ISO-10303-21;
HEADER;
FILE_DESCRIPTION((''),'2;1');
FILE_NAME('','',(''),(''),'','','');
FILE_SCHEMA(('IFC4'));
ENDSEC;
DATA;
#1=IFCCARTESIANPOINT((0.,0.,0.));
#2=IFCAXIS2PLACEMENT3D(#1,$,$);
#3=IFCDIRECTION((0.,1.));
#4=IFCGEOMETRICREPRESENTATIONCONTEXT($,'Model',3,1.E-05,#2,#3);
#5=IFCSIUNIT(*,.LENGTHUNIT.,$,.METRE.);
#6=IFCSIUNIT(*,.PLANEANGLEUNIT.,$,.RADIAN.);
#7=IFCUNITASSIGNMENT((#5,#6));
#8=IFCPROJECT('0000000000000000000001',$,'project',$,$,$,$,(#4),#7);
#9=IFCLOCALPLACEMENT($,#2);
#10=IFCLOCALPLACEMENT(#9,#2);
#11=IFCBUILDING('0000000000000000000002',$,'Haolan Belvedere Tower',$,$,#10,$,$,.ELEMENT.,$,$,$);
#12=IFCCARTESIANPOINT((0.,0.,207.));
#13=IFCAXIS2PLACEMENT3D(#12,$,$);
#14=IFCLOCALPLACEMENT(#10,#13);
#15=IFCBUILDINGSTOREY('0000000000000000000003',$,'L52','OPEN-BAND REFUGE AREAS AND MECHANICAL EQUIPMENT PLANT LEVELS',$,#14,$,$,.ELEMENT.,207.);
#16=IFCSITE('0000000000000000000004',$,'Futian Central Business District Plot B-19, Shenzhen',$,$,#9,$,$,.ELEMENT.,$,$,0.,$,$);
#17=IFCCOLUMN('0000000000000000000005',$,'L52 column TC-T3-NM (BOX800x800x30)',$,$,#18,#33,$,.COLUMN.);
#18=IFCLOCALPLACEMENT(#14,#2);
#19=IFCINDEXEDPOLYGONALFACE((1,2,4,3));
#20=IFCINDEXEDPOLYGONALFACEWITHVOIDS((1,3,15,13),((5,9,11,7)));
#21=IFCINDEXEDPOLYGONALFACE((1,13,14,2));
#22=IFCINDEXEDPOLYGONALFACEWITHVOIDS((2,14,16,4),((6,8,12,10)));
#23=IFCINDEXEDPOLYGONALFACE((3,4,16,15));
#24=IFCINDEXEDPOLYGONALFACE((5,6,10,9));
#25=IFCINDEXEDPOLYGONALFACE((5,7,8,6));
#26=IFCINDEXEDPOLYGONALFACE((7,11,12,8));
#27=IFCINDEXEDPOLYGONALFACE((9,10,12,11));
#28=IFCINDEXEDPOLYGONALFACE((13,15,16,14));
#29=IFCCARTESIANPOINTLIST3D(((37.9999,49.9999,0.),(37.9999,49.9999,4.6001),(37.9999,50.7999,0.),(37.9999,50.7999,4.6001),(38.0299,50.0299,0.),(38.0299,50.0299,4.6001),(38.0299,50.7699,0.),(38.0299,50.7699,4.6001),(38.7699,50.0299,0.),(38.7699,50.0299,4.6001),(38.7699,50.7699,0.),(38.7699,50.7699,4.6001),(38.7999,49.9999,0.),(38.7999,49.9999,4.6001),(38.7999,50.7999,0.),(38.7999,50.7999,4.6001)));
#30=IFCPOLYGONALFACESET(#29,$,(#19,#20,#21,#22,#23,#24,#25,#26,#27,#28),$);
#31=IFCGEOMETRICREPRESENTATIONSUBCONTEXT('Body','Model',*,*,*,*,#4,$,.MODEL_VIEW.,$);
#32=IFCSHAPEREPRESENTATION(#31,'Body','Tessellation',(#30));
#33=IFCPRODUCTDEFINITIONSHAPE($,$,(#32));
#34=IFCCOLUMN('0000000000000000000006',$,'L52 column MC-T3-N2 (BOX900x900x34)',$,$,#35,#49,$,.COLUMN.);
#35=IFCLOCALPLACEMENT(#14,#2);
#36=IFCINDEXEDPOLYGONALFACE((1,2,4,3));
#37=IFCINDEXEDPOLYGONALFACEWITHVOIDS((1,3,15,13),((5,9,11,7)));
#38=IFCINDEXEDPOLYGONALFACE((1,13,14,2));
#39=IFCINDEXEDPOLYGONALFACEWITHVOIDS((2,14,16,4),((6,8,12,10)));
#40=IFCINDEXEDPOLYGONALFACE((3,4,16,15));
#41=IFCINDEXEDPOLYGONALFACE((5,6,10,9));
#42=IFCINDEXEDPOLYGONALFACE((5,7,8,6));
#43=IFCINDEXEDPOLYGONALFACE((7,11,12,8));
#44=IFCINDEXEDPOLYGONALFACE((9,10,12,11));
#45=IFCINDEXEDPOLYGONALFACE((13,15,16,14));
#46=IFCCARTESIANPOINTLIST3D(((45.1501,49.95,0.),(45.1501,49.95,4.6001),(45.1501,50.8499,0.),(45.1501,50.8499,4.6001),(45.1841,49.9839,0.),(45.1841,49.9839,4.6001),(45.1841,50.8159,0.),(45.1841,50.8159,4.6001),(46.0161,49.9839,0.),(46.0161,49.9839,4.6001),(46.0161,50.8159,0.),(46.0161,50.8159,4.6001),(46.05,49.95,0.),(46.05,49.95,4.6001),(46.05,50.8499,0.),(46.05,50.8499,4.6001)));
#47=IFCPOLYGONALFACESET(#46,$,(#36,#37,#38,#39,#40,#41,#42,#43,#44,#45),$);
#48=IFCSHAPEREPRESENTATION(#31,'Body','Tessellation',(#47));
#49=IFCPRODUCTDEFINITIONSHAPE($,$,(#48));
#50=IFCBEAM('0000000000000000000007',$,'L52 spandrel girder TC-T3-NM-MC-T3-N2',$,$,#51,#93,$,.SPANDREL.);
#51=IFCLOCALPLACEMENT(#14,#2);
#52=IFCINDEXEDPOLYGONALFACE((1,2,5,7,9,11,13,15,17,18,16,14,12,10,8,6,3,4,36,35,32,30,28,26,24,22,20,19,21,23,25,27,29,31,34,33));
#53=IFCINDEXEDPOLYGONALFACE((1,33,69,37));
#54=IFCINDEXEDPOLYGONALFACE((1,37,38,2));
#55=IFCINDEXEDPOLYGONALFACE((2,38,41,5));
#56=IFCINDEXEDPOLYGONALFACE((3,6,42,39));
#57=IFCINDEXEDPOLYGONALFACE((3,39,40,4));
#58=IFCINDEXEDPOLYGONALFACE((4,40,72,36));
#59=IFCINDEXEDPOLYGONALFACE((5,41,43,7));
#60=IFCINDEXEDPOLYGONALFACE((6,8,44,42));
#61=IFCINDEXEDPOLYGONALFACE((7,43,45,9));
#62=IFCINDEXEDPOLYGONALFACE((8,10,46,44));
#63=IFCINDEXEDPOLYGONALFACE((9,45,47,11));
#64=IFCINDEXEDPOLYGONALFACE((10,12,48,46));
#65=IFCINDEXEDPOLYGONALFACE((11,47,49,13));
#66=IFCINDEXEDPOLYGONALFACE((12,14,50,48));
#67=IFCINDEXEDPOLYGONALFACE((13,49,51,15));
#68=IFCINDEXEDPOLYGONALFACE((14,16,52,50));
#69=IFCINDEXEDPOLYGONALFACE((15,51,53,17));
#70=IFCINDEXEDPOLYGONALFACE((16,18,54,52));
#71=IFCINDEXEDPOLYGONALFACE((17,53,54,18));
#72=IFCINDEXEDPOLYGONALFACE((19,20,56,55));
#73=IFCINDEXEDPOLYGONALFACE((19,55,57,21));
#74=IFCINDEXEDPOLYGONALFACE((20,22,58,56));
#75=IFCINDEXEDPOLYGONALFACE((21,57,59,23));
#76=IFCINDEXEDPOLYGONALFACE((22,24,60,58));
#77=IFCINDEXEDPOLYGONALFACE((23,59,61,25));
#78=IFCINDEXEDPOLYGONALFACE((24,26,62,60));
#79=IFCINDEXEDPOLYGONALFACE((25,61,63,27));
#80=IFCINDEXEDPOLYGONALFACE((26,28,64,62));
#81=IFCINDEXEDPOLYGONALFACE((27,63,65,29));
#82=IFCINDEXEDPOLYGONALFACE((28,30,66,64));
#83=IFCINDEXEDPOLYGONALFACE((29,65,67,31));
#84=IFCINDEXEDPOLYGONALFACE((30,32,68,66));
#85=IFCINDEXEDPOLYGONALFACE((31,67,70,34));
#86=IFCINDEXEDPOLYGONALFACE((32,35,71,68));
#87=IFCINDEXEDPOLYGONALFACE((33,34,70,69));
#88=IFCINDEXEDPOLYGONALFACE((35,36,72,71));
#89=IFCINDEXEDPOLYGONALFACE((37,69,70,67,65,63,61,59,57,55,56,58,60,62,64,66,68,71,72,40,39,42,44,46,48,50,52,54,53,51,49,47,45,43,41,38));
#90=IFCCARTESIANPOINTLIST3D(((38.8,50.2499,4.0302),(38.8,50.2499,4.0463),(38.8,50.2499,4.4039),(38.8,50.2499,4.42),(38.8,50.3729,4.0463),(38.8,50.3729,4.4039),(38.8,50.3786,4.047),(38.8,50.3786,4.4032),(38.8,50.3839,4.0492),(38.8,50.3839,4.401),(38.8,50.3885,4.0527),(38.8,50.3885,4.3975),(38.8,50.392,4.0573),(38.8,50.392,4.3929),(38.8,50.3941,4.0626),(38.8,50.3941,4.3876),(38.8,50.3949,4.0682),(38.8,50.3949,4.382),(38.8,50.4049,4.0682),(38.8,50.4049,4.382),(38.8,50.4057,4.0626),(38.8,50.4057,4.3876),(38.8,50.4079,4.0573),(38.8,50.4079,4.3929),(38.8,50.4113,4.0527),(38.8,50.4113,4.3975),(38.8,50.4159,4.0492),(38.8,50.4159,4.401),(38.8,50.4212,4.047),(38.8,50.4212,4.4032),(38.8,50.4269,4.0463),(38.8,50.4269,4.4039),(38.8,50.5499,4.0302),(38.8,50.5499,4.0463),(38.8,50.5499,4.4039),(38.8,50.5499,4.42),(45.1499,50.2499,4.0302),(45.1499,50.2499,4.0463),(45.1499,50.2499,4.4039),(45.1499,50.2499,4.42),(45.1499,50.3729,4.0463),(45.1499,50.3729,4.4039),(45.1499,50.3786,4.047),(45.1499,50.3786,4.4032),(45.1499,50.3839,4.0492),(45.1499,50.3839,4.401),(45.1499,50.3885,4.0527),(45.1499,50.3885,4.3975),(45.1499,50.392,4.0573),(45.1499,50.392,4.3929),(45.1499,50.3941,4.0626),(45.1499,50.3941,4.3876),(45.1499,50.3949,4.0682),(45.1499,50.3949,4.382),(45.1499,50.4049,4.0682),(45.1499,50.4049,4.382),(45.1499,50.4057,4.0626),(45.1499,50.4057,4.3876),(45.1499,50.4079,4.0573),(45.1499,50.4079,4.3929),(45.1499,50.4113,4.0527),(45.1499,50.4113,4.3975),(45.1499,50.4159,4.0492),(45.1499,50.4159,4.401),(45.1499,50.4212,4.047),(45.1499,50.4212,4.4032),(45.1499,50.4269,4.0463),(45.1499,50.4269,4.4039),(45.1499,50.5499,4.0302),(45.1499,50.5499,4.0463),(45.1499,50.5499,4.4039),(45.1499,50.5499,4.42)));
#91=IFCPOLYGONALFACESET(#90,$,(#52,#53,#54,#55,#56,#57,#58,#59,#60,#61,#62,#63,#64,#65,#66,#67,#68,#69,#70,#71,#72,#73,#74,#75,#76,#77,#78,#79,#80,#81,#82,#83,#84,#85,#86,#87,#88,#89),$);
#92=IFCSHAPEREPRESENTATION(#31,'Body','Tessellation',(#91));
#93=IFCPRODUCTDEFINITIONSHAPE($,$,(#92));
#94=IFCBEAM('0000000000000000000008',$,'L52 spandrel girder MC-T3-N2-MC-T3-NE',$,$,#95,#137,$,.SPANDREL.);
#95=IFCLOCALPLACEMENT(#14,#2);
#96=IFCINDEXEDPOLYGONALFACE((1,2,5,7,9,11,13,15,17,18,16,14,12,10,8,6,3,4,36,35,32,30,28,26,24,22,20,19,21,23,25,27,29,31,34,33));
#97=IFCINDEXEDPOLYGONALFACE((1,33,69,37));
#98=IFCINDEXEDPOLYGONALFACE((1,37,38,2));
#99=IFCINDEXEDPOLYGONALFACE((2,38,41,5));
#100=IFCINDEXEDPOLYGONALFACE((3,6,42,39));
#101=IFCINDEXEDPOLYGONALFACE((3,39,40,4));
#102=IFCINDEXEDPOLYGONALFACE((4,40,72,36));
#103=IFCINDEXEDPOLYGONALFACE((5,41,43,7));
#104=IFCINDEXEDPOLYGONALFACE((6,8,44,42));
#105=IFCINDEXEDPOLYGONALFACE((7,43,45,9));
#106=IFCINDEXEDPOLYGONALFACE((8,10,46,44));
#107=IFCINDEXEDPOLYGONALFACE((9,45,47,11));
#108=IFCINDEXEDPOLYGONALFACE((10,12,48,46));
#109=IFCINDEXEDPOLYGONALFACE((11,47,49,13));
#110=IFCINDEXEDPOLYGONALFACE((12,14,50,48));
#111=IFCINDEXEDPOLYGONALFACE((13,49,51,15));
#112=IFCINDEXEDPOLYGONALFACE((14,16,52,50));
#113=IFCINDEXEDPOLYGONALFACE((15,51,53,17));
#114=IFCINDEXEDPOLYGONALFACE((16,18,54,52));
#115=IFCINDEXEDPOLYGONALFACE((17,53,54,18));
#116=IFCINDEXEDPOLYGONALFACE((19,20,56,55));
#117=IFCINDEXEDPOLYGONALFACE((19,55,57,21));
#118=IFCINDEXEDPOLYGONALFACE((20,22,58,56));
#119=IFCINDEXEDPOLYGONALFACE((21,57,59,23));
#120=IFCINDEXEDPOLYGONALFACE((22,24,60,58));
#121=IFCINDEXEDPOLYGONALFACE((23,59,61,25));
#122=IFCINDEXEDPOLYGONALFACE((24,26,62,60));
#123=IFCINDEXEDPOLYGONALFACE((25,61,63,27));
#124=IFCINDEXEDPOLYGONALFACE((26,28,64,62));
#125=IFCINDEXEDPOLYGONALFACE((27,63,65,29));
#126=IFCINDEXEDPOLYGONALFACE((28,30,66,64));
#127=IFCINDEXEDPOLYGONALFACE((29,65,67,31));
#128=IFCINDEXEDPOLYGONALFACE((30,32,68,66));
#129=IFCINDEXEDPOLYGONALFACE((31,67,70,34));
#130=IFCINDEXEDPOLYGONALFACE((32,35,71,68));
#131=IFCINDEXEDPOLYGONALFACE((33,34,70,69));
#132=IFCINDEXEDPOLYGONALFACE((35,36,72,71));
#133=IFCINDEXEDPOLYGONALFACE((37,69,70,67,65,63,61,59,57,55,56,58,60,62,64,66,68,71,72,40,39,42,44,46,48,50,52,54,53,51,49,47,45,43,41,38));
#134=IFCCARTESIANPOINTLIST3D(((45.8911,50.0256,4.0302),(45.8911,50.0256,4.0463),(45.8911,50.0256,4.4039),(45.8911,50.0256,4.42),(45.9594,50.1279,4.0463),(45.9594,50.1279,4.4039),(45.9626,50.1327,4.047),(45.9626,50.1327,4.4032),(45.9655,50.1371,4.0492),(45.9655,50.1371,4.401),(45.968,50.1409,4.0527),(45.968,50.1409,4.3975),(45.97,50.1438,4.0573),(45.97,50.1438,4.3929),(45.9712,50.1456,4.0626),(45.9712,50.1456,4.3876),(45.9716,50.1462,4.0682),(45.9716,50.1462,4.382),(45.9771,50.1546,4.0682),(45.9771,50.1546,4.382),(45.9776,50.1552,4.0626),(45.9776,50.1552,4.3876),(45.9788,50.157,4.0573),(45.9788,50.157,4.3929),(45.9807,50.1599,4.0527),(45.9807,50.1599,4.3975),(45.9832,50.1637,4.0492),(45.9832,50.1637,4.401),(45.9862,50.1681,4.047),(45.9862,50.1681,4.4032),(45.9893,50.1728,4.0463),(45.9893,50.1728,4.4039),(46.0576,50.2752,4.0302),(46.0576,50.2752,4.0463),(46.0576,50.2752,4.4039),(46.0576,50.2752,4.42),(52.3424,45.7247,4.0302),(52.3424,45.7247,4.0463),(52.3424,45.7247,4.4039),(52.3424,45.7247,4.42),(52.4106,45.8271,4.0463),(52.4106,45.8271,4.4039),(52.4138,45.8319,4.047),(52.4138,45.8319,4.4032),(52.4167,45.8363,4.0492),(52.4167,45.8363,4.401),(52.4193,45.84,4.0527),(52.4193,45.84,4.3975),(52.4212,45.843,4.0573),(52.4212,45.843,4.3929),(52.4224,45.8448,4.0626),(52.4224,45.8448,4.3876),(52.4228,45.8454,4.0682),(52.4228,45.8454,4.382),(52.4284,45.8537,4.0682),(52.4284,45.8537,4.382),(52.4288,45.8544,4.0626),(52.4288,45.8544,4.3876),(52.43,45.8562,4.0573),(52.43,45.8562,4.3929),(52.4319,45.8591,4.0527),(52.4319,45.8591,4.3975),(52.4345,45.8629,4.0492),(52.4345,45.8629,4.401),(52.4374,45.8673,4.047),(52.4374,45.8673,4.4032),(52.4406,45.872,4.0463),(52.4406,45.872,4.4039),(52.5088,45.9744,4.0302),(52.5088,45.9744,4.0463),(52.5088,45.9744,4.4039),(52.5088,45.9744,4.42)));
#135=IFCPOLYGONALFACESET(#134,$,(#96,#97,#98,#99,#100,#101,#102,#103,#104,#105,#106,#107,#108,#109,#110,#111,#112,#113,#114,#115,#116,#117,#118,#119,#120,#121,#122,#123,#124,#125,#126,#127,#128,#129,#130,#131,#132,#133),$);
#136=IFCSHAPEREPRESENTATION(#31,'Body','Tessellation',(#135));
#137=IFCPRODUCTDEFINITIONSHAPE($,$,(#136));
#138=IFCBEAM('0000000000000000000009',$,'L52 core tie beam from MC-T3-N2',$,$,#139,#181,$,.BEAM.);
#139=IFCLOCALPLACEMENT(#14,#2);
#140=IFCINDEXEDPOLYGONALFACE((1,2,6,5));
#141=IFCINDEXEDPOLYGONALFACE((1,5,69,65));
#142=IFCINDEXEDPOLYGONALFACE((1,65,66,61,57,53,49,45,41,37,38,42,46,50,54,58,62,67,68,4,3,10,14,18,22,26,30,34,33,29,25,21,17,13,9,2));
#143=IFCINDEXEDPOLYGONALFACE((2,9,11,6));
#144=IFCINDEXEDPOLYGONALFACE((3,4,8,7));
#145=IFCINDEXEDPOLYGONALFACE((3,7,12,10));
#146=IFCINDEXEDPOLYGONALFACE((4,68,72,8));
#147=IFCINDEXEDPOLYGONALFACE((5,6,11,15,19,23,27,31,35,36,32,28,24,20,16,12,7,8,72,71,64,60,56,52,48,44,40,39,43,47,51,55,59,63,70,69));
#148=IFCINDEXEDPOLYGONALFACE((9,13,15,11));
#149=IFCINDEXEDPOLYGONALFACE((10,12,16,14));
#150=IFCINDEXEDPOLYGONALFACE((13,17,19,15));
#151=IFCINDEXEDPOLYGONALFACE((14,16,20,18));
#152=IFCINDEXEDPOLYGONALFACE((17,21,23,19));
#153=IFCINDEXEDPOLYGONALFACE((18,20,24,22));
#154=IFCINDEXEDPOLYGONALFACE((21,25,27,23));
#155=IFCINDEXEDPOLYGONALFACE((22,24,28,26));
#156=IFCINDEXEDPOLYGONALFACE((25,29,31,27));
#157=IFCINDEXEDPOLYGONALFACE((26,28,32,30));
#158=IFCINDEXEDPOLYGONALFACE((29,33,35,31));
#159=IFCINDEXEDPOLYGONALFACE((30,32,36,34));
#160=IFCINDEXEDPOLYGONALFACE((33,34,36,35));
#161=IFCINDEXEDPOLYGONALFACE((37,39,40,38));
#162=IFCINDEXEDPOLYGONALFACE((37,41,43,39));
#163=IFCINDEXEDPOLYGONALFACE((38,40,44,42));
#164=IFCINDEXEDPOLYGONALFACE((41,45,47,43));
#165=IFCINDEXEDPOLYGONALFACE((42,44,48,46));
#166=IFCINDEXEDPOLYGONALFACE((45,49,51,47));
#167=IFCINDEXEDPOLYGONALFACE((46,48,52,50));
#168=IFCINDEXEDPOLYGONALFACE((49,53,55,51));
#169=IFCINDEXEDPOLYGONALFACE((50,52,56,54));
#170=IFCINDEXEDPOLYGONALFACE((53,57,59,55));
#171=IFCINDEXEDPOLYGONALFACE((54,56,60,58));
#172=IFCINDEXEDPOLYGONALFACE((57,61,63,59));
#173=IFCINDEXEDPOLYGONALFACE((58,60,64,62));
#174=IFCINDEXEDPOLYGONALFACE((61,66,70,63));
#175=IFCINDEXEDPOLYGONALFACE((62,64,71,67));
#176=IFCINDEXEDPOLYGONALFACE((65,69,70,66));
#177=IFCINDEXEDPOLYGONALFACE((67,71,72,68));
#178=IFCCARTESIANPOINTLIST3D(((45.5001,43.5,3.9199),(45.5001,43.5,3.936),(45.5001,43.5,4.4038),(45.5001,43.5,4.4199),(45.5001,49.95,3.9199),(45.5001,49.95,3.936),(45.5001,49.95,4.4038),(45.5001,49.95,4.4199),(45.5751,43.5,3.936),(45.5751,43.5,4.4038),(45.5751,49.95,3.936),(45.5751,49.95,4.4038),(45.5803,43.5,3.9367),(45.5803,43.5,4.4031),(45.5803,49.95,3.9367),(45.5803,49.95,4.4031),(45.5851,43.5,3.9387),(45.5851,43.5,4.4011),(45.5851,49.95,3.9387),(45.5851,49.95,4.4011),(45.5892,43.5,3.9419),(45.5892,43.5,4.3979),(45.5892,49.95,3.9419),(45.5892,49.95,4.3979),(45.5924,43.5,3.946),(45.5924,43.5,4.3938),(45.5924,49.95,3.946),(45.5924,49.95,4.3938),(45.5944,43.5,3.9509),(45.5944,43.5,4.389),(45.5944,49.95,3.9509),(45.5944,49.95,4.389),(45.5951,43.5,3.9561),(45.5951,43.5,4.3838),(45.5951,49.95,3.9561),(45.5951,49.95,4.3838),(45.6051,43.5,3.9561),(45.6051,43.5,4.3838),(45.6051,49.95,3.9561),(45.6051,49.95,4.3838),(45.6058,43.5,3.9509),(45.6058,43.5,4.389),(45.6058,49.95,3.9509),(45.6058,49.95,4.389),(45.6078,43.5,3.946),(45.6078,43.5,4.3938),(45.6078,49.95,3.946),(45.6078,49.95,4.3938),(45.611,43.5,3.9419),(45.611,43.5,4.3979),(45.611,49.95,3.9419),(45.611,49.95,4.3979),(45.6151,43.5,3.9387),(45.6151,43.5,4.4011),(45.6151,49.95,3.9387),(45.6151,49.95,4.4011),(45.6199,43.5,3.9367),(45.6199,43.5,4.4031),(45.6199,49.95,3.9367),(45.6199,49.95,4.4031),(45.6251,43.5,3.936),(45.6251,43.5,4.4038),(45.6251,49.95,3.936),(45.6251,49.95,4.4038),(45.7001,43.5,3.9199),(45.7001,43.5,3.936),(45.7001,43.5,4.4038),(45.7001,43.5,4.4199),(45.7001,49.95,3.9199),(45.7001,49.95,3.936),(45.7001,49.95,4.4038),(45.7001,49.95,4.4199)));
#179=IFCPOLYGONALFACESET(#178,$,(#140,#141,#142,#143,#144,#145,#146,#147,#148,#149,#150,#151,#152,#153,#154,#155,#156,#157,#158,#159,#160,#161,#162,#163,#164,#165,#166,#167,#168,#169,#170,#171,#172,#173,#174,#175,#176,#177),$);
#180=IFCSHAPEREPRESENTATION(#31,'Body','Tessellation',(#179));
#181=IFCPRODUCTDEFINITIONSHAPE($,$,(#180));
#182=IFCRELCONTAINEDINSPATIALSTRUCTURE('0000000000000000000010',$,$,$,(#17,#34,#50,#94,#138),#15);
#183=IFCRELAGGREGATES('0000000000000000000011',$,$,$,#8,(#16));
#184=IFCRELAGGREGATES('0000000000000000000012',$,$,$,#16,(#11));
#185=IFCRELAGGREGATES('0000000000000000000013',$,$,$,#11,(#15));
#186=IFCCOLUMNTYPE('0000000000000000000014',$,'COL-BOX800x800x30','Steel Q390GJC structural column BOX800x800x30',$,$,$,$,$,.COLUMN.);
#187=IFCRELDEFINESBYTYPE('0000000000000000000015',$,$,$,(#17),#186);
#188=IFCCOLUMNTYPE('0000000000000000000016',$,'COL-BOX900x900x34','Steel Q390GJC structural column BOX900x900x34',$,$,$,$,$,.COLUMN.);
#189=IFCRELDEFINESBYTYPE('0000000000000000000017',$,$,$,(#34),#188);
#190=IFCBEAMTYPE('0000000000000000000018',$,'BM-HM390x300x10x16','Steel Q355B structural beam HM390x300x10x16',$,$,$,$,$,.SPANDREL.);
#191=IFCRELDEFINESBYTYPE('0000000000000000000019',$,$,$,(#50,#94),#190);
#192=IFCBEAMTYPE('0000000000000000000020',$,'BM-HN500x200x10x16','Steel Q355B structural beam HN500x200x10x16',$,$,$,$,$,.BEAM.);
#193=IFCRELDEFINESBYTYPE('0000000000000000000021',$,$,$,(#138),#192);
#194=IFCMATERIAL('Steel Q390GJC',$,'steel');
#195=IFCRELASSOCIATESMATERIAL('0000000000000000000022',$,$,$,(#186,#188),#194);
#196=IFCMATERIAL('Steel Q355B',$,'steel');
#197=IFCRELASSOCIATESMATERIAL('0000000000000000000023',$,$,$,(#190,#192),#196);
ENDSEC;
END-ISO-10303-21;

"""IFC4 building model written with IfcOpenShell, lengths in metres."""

from ifc_helpers import new_model, si_unit, direction, frame, origin, origin_2d, place, context, subcontext, project, spatial, hollow_rectangle, i_section, extrude, material, material_profile, profile_set, type_object, element, save


model = new_model("IFC4")

# Units and contexts
model_context = context("Model", 3, precision=1e-05, world=origin(), true_north=direction((0.0, 1.0)))
body_context = subcontext(model_context, "Body", "Model", "MODEL_VIEW")
ifc_project = project(units=[si_unit("LENGTHUNIT", "METRE"), si_unit("PLANEANGLEUNIT", "RADIAN")], contexts=[model_context])

# Site, building, storey
site_placement = place(None, origin())
site = spatial("IfcSite", under=ifc_project, at=site_placement, Name="Futian Central Business District Plot B-19, Shenzhen", CompositionType="ELEMENT", RefElevation=0.0)
building_placement = place(site_placement, origin())
building = spatial("IfcBuilding", under=site, at=building_placement, Name="Haolan Belvedere Tower", CompositionType="ELEMENT")
storey_placement = place(building_placement, frame((0.0, 0.0, 207.0)))
storey = spatial("IfcBuildingStorey", under=building, at=storey_placement, Name="L52", Description="OPEN-BAND REFUGE AREAS AND MECHANICAL EQUIPMENT PLANT LEVELS", CompositionType="ELEMENT", Elevation=207.0)

# Columns
ifc_material_1 = material(Name="Steel Q390GJC", Category="steel")
ifc_material_profile_1 = material_profile(ifc_material_1, hollow_rectangle(XDim=0.8, YDim=0.8, WallThickness=0.03, at=origin_2d()), Name="Steel Q390GJC")
ifc_profile_set_1 = profile_set([ifc_material_profile_1], Name="Steel Q390GJC")
column_type_1 = type_object("IfcColumnType", Name="COL-BOX800x800x30", Description="Steel Q390GJC structural column BOX800x800x30", PredefinedType="COLUMN", material=ifc_profile_set_1)
column_1_placement = place(storey_placement, frame((38.3999, 50.3999, 0.0), z_axis=(0.0, 0.0, 1.0), x_axis=(1.0, 0.0, 0.0)))
element("IfcColumn", 1, at=column_1_placement, inside=storey, type_object=column_type_1, Name="L52 column TC-T3-NM (BOX800x800x30)", PredefinedType="COLUMN", context=body_context, shape_type="SweptSolid", body=[
    extrude(hollow_rectangle(XDim=0.8, YDim=0.8, WallThickness=0.03, at=origin_2d()), origin(), (0.0, 0.0, 1.0), 4.6001),
])
ifc_material_profile_2 = material_profile(ifc_material_1, hollow_rectangle(XDim=0.8999, YDim=0.8999, WallThickness=0.0339, at=origin_2d()), Name="Steel Q390GJC")
ifc_profile_set_2 = profile_set([ifc_material_profile_2], Name="Steel Q390GJC")
column_type_2 = type_object("IfcColumnType", Name="COL-BOX900x900x34", Description="Steel Q390GJC structural column BOX900x900x34", PredefinedType="COLUMN", material=ifc_profile_set_2)
column_2_placement = place(storey_placement, frame((45.6001, 50.3999, 0.0), z_axis=(0.0, 0.0, 1.0), x_axis=(1.0, 0.0, 0.0)))
element("IfcColumn", 2, at=column_2_placement, inside=storey, type_object=column_type_2, Name="L52 column MC-T3-N2 (BOX900x900x34)", PredefinedType="COLUMN", context=body_context, shape_type="SweptSolid", body=[
    extrude(hollow_rectangle(XDim=0.8999, YDim=0.8999, WallThickness=0.0339, at=origin_2d()), origin(), (0.0, 0.0, 1.0), 4.6001),
])

# Beams
ifc_material_2 = material(Name="Steel Q355B", Category="steel")
ifc_material_profile_3 = material_profile(ifc_material_2, i_section(OverallWidth=0.3, OverallDepth=0.3899, WebThickness=0.01, FlangeThickness=0.0161, FilletRadius=0.022, at=origin_2d()), Name="Steel Q355B")
ifc_profile_set_3 = profile_set([ifc_material_profile_3], Name="Steel Q355B")
beam_type_1 = type_object("IfcBeamType", Name="BM-HM390x300x10x16", Description="Steel Q355B structural beam HM390x300x10x16", PredefinedType="SPANDREL", material=ifc_profile_set_3)
beam_1_placement = place(storey_placement, frame((38.8, 50.3999, 4.2251), z_axis=(1.0, 0.0, 0.0), x_axis=(0.0, 1.0, 0.0)))
element("IfcBeam", 3, at=beam_1_placement, inside=storey, type_object=beam_type_1, Name="L52 spandrel girder TC-T3-NM-MC-T3-N2", PredefinedType="SPANDREL", context=body_context, shape_type="SweptSolid", body=[
    extrude(i_section(OverallWidth=0.3, OverallDepth=0.3899, WebThickness=0.01, FlangeThickness=0.0161, FilletRadius=0.022, at=origin_2d()), origin(), (0.0, 0.0, 1.0), 6.3499),
])
beam_2_placement = place(storey_placement, frame((45.9744, 50.1504, 4.2251), z_axis=(0.83205, -0.5547, 0.0), x_axis=(0.5547, 0.83205, 0.0)))
element("IfcBeam", 4, at=beam_2_placement, inside=storey, type_object=beam_type_1, Name="L52 spandrel girder MC-T3-N2-MC-T3-NE", PredefinedType="SPANDREL", context=body_context, shape_type="SweptSolid", body=[
    extrude(i_section(OverallWidth=0.3, OverallDepth=0.3899, WebThickness=0.01, FlangeThickness=0.0161, FilletRadius=0.022, at=origin_2d()), origin(), (0.0, 0.0, 1.0), 7.7534),
])
ifc_material_profile_4 = material_profile(ifc_material_2, i_section(OverallWidth=0.2, OverallDepth=0.5, WebThickness=0.01, FlangeThickness=0.0161, FilletRadius=0.02, at=origin_2d()), Name="Steel Q355B")
ifc_profile_set_4 = profile_set([ifc_material_profile_4], Name="Steel Q355B")
beam_type_2 = type_object("IfcBeamType", Name="BM-HN500x200x10x16", Description="Steel Q355B structural beam HN500x200x10x16", PredefinedType="BEAM", material=ifc_profile_set_4)
beam_3_placement = place(storey_placement, frame((45.6001, 49.95, 4.1699), z_axis=(0.0, -1.0, 0.0), x_axis=(1.0, 0.0, 0.0)))
element("IfcBeam", 5, at=beam_3_placement, inside=storey, type_object=beam_type_2, Name="L52 core tie beam from MC-T3-N2", PredefinedType="BEAM", context=body_context, shape_type="SweptSolid", body=[
    extrude(i_section(OverallWidth=0.2, OverallDepth=0.5, WebThickness=0.01, FlangeThickness=0.0161, FilletRadius=0.02, at=origin_2d()), origin(), (0.0, 0.0, 1.0), 6.45),
])

save(model, "model.ifc")
